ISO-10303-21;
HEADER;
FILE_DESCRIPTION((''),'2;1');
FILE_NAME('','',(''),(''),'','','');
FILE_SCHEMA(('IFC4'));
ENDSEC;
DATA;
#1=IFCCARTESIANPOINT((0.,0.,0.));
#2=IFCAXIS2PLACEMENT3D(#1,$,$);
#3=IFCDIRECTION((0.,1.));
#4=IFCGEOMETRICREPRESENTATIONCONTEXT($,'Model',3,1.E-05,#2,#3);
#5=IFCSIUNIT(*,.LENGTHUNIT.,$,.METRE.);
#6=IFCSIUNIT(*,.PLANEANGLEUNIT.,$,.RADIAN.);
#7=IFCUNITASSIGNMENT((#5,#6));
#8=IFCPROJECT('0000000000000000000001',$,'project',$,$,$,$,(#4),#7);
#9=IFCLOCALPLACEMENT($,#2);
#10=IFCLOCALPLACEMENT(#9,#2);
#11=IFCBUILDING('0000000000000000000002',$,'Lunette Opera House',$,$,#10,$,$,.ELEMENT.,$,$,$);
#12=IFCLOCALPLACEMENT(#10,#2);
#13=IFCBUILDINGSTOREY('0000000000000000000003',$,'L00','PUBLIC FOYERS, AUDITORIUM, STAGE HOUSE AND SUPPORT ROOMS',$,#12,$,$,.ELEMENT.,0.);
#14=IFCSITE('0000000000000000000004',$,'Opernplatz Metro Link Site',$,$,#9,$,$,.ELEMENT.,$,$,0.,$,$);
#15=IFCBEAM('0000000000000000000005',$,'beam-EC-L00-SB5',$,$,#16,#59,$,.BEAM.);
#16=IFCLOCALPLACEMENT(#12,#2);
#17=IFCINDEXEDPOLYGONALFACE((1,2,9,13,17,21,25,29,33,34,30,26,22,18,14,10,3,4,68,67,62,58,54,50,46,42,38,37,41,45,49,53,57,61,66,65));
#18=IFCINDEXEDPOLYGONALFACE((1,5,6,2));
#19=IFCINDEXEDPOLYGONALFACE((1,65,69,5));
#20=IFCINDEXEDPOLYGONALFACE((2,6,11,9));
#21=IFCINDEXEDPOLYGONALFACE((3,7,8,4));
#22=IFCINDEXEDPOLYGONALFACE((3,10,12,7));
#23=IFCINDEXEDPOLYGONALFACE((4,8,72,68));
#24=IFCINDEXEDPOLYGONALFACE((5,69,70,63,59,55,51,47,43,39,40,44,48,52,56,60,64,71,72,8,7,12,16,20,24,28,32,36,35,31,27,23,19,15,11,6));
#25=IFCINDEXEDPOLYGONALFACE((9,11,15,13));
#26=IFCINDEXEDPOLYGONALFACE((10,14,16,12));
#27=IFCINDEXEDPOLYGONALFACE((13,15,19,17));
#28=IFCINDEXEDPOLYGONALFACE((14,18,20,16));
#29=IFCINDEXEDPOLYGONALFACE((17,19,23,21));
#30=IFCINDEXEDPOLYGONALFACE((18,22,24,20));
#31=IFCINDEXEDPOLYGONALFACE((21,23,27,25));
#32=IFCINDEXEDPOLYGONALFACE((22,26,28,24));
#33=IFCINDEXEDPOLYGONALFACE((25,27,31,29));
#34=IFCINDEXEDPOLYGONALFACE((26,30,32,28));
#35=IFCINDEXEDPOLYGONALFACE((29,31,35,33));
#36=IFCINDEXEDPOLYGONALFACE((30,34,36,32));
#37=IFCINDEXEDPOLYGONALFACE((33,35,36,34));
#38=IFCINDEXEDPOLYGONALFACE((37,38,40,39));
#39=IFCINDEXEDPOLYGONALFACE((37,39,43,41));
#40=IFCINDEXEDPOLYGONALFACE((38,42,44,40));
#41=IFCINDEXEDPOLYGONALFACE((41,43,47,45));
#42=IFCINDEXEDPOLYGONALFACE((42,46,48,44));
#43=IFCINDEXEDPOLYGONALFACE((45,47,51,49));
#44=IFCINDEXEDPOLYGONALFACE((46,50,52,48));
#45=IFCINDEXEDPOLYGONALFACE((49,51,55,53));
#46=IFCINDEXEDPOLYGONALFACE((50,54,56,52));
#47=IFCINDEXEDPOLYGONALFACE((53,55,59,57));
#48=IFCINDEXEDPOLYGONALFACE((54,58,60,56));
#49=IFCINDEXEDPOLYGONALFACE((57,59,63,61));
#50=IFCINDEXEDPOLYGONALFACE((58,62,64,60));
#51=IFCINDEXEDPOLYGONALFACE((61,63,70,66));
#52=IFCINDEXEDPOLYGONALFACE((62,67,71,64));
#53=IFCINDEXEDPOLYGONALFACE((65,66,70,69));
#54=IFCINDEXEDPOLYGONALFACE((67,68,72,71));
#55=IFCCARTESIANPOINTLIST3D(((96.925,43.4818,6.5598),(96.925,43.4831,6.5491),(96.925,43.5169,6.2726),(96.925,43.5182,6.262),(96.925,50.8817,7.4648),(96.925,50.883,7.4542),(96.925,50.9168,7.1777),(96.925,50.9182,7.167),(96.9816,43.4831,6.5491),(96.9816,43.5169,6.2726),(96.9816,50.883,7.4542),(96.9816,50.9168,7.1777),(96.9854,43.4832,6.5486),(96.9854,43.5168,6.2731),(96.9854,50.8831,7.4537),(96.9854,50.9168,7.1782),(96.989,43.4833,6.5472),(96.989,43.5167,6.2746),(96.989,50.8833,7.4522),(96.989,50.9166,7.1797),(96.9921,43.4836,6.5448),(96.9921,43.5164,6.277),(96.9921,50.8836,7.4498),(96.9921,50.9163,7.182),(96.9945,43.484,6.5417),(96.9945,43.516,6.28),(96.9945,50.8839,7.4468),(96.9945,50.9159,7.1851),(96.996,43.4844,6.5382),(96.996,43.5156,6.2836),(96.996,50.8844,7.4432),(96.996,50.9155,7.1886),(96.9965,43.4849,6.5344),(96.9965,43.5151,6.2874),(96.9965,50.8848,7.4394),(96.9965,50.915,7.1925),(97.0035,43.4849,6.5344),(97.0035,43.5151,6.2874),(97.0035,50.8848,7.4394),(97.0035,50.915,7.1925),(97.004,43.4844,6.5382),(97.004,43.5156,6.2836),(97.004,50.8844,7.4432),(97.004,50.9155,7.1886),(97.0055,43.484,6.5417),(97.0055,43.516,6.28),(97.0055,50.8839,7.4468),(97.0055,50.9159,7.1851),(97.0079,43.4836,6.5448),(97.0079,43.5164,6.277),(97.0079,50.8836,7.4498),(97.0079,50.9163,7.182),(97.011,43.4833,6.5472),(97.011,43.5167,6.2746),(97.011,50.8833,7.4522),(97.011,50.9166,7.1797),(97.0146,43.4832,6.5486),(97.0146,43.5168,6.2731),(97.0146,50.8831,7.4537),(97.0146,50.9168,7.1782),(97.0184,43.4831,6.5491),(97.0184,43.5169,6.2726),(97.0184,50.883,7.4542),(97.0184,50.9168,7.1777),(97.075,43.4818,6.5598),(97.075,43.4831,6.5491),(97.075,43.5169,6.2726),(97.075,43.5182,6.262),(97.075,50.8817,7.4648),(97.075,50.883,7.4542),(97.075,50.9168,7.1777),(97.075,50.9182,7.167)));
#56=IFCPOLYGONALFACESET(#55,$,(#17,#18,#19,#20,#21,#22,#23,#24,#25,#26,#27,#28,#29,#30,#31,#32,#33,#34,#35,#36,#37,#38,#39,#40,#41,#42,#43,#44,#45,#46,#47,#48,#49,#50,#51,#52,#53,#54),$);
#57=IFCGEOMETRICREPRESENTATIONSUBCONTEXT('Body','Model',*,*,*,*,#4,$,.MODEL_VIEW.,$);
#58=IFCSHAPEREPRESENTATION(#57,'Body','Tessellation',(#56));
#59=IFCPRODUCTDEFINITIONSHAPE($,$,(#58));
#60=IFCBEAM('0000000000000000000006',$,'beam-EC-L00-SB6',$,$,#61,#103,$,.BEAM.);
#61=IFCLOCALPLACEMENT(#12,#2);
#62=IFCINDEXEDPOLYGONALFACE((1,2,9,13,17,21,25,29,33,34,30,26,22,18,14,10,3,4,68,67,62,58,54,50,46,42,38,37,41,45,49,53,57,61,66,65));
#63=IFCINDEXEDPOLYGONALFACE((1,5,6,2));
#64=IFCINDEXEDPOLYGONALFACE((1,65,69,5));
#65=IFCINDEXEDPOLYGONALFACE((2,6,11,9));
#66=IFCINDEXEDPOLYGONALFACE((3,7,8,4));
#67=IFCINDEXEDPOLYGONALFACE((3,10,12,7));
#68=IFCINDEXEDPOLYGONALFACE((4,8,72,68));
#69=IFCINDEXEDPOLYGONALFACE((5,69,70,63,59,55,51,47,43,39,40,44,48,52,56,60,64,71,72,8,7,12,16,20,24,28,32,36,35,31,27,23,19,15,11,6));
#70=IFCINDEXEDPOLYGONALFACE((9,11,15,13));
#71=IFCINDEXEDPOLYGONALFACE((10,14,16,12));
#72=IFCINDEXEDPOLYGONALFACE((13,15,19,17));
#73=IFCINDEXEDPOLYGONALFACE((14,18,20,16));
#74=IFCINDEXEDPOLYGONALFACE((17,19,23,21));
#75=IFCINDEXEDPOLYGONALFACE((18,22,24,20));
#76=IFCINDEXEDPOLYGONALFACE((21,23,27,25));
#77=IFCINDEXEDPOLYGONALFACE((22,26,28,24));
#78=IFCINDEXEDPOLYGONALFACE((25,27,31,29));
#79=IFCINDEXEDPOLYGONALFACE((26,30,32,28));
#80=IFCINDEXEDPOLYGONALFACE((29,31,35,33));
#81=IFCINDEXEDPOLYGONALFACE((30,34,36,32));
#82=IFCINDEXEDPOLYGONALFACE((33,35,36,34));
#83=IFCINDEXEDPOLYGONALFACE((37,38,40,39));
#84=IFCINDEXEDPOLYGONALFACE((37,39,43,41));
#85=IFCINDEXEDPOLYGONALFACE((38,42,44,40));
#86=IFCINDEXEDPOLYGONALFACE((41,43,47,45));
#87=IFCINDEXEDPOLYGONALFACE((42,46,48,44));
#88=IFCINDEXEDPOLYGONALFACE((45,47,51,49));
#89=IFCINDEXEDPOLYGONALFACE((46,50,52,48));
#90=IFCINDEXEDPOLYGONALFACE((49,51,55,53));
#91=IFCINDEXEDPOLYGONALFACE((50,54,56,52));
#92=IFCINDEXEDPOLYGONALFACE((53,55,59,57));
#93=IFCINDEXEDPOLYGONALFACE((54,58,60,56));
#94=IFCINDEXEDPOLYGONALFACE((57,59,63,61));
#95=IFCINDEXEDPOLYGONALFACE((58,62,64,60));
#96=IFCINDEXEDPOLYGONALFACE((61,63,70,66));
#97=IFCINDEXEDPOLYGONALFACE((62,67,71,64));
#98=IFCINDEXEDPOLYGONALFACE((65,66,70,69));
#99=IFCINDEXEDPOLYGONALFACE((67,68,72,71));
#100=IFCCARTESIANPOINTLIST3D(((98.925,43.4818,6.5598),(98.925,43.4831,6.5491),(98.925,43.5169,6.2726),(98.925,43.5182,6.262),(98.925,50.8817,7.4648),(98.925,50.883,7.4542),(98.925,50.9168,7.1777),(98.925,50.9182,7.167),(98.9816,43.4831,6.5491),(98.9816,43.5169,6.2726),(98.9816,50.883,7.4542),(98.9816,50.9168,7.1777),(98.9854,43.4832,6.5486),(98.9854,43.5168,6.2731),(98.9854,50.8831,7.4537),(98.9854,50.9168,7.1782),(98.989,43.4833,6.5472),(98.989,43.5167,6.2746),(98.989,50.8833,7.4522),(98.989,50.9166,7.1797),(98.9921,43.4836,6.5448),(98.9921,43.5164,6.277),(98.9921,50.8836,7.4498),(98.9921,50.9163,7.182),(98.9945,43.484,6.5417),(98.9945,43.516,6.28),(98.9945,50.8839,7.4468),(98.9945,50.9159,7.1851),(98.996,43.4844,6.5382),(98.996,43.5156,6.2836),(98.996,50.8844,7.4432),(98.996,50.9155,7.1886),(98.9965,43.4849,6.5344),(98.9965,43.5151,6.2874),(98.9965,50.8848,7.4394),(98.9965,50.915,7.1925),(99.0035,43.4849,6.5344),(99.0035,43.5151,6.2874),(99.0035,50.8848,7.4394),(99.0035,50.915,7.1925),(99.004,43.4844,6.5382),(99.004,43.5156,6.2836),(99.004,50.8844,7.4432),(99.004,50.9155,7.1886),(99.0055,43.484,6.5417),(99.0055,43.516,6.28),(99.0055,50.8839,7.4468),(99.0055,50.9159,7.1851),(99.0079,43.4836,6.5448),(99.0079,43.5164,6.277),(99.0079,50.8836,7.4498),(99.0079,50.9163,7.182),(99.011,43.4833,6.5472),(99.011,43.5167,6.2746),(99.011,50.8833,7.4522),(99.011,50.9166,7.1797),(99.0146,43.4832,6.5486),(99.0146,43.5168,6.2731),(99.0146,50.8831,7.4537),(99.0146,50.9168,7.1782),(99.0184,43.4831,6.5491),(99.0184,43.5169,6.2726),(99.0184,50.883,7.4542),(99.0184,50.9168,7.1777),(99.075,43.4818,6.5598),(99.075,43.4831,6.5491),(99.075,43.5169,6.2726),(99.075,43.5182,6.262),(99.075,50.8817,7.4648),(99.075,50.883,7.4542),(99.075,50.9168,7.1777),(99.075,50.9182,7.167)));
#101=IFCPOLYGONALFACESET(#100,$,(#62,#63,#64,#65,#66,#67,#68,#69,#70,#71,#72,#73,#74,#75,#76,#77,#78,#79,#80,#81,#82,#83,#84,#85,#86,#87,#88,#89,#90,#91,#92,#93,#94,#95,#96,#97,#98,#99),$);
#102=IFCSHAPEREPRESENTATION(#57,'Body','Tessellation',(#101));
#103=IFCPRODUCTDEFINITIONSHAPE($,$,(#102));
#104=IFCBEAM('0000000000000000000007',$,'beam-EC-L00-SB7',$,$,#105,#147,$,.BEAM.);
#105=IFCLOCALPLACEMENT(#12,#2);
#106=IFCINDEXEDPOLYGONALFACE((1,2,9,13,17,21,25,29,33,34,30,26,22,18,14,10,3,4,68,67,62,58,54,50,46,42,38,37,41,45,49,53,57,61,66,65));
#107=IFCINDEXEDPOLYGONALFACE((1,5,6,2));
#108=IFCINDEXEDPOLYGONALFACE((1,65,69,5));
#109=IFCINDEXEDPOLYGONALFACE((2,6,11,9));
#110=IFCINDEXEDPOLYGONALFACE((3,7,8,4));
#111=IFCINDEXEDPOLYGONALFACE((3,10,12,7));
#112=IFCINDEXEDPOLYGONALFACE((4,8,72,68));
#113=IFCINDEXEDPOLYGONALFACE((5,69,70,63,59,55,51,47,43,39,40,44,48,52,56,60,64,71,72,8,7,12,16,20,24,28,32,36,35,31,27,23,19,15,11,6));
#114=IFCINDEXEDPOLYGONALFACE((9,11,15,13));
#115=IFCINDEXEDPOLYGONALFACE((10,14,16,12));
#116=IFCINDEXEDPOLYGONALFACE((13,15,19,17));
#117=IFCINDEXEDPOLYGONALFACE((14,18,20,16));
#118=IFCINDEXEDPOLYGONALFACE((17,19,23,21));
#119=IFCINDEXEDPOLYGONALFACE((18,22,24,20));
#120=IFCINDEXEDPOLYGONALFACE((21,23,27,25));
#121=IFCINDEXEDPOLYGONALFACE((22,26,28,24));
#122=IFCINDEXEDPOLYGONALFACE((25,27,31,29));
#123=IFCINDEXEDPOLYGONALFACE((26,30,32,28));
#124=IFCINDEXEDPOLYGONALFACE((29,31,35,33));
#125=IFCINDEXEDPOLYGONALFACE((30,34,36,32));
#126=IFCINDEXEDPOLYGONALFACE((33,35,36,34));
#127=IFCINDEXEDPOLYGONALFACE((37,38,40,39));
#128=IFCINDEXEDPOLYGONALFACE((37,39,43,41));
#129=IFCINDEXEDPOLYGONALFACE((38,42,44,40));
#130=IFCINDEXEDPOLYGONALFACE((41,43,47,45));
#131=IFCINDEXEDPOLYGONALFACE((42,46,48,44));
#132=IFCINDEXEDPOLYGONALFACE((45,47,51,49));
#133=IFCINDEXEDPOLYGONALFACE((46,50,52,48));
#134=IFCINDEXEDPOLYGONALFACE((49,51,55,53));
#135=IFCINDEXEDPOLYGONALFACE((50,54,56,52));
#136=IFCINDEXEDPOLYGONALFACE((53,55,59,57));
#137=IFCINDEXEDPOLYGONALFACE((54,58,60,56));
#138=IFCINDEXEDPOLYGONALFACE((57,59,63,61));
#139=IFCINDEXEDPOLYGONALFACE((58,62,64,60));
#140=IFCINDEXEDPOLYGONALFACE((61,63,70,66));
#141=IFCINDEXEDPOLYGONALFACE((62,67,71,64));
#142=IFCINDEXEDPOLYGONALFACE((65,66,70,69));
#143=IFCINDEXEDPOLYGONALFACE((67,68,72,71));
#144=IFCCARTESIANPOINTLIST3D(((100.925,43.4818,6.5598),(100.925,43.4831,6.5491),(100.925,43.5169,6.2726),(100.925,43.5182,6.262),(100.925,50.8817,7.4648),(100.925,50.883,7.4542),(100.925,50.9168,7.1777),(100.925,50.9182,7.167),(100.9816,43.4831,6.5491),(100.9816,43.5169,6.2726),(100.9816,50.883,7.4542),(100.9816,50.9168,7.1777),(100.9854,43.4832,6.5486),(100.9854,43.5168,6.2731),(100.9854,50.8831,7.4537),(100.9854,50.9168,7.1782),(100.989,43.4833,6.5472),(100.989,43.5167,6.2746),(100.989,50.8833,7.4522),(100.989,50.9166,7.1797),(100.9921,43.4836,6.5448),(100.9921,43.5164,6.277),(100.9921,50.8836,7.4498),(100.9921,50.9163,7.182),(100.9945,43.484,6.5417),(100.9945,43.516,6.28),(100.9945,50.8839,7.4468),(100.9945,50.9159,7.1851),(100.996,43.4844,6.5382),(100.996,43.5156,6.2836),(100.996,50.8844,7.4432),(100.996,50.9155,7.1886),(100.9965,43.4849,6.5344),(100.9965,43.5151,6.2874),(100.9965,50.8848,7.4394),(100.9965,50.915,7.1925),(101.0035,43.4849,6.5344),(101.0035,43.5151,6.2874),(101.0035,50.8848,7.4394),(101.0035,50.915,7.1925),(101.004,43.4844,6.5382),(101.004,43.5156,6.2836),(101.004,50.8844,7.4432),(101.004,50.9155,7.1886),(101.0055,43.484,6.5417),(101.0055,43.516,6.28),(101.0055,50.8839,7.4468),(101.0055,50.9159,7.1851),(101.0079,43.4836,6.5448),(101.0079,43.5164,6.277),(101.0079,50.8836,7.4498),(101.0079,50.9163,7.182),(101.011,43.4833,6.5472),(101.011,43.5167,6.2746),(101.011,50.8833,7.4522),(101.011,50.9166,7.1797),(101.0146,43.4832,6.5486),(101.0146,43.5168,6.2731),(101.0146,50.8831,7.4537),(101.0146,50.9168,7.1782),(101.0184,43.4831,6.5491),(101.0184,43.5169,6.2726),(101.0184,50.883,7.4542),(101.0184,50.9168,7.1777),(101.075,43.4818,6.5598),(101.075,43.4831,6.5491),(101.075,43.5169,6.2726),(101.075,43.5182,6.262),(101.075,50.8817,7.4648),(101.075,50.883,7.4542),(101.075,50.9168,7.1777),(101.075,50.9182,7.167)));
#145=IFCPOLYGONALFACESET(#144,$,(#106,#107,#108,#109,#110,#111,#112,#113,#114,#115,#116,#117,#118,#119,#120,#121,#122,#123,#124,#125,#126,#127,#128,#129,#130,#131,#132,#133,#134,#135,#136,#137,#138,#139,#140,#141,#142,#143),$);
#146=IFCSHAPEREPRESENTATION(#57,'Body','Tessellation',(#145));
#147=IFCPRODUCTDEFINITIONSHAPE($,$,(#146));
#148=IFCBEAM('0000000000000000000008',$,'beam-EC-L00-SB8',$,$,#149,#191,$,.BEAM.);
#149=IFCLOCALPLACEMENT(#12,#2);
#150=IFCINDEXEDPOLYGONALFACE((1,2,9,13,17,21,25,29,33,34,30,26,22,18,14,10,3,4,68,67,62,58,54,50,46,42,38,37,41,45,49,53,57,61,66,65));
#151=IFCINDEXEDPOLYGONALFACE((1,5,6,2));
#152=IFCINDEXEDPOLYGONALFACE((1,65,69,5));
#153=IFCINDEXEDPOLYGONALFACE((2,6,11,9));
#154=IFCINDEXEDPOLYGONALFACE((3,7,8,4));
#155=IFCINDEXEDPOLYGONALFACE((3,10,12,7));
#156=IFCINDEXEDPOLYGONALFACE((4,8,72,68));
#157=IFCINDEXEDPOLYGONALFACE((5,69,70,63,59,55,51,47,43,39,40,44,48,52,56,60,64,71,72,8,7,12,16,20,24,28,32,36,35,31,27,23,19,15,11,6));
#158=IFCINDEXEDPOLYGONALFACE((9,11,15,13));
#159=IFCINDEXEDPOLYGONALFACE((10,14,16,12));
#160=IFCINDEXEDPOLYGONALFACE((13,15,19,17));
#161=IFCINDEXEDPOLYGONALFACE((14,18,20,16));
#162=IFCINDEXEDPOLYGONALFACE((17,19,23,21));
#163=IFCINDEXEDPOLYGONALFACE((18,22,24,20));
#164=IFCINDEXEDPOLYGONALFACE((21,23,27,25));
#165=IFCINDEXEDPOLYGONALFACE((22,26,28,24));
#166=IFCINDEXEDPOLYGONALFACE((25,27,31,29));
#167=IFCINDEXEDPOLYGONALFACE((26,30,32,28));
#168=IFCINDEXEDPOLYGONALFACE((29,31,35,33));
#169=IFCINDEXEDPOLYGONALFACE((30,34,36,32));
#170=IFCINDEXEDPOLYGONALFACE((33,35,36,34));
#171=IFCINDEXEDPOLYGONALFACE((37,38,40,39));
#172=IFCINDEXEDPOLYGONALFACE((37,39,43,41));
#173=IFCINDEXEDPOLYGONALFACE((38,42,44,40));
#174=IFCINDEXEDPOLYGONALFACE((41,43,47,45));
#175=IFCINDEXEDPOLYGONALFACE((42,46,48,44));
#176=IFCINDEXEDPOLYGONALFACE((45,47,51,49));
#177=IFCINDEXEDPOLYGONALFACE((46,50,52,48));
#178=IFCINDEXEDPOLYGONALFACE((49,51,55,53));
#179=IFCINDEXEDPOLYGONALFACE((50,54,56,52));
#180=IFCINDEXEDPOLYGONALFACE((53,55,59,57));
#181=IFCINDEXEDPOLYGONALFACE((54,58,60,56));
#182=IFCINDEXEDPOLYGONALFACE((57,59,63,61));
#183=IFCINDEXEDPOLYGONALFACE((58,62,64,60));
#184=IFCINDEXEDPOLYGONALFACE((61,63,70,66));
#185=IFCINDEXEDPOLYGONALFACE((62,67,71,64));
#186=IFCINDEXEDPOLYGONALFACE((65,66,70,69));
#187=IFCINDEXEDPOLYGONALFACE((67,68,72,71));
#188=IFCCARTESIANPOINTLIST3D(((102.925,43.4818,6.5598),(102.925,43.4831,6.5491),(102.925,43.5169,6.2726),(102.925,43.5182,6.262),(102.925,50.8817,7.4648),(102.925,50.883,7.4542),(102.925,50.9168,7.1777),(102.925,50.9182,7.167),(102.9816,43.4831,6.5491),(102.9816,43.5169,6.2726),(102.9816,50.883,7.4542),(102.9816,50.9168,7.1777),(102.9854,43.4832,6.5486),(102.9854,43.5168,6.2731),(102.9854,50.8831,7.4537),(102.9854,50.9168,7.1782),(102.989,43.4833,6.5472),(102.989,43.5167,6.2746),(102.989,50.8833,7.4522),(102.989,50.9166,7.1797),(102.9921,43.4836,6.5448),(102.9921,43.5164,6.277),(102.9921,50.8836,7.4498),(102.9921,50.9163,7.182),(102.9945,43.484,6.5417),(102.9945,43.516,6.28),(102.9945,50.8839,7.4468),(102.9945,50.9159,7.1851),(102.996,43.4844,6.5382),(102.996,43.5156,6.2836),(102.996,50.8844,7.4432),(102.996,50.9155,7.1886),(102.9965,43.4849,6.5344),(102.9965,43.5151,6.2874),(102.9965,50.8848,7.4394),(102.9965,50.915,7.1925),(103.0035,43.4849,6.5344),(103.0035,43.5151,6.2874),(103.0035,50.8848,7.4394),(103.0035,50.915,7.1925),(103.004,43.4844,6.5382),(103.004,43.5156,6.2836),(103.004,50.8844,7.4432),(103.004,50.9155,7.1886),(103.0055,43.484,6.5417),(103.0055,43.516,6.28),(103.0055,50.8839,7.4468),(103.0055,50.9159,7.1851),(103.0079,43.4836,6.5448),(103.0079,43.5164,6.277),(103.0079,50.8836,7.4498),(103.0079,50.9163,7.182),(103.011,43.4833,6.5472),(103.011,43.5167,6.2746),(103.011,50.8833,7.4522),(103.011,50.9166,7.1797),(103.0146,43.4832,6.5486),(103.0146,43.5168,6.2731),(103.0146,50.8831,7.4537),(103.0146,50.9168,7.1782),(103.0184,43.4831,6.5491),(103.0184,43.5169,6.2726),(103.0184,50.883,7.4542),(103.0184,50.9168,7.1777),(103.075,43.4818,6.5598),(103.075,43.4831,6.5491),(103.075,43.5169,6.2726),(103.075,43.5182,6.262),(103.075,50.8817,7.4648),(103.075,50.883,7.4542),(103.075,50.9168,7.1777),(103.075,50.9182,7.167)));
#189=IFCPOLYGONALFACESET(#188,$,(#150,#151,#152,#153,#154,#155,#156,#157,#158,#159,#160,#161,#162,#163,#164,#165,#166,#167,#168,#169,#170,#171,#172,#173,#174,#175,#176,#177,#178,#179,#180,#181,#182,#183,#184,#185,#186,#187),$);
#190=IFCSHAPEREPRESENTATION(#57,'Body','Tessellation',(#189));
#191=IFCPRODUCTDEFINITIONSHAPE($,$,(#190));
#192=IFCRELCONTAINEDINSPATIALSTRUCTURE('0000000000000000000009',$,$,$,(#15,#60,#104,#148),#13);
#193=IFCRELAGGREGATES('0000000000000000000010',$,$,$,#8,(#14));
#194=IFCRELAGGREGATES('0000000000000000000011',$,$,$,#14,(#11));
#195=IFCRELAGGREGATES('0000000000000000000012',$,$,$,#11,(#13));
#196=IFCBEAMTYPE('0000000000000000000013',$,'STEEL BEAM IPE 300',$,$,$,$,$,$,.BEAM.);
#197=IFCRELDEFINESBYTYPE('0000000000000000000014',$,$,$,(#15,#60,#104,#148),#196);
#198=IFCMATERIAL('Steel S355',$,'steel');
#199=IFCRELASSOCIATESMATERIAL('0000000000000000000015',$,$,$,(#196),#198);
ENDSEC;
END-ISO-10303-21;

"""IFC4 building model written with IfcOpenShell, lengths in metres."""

from ifc_helpers import new_model, si_unit, direction, frame, origin, origin_2d, place, context, subcontext, project, spatial, i_section, extrude, material, material_profile, profile_set, type_object, element, save


model = new_model("IFC4")

# Units and contexts
model_context = context("Model", 3, precision=1e-05, world=origin(), true_north=direction((0.0, 1.0)))
body_context = subcontext(model_context, "Body", "Model", "MODEL_VIEW")
ifc_project = project(units=[si_unit("LENGTHUNIT", "METRE"), si_unit("PLANEANGLEUNIT", "RADIAN")], contexts=[model_context])

# Site, building, storey
site_placement = place(None, origin())
site = spatial("IfcSite", under=ifc_project, at=site_placement, Name="Opernplatz Metro Link Site", CompositionType="ELEMENT", RefElevation=0.0)
building_placement = place(site_placement, origin())
building = spatial("IfcBuilding", under=site, at=building_placement, Name="Lunette Opera House", CompositionType="ELEMENT")
storey_placement = place(building_placement, origin())
storey = spatial("IfcBuildingStorey", under=building, at=storey_placement, Name="L00", Description="PUBLIC FOYERS, AUDITORIUM, STAGE HOUSE AND SUPPORT ROOMS", CompositionType="ELEMENT", Elevation=0.0)

# Beams
ifc_material_1 = material(Name="Steel S355", Category="steel")
ifc_material_profile_1 = material_profile(ifc_material_1, i_section(OverallWidth=0.1499, OverallDepth=0.3, WebThickness=0.0071, FlangeThickness=0.0107, FilletRadius=0.0149, at=origin_2d()), Name="IPE 300")
ifc_profile_set_1 = profile_set([ifc_material_profile_1], Name="Steel S355")
beam_type_1 = type_object("IfcBeamType", Name="STEEL BEAM IPE 300", PredefinedType="BEAM", material=ifc_profile_set_1)
for number, where, z_axis, x_axis, name in (
    (1, (97.0, 43.5, 6.4109), (0.0, 0.992604, 0.121398), (-1.0, 0.0, 0.0), "beam-EC-L00-SB5"),
    (2, (99.0, 43.5, 6.4109), (0.0, 0.992604, 0.121398), (-1.0, 0.0, 0.0), "beam-EC-L00-SB6"),
    (3, (101.0, 43.5, 6.4109), (0.0, 0.992604, 0.121398), (-1.0, 0.0, 0.0), "beam-EC-L00-SB7"),
    (4, (103.0, 43.5, 6.4109), (0.0, 0.992604, 0.121398), (-1.0, 0.0, 0.0), "beam-EC-L00-SB8"),
):
    element("IfcBeam", number, at=place(storey_placement, frame(where, z_axis=z_axis, x_axis=x_axis)), inside=storey, type_object=beam_type_1, Name=name, PredefinedType="BEAM", context=body_context, shape_type="SweptSolid", body=[
        extrude(i_section(OverallWidth=0.1499, OverallDepth=0.3, WebThickness=0.0071, FlangeThickness=0.0107, FilletRadius=0.0149, at=origin_2d()), origin(), (0.0, 0.0, 1.0), 7.4551),
    ])

save(model, "model.ifc")
